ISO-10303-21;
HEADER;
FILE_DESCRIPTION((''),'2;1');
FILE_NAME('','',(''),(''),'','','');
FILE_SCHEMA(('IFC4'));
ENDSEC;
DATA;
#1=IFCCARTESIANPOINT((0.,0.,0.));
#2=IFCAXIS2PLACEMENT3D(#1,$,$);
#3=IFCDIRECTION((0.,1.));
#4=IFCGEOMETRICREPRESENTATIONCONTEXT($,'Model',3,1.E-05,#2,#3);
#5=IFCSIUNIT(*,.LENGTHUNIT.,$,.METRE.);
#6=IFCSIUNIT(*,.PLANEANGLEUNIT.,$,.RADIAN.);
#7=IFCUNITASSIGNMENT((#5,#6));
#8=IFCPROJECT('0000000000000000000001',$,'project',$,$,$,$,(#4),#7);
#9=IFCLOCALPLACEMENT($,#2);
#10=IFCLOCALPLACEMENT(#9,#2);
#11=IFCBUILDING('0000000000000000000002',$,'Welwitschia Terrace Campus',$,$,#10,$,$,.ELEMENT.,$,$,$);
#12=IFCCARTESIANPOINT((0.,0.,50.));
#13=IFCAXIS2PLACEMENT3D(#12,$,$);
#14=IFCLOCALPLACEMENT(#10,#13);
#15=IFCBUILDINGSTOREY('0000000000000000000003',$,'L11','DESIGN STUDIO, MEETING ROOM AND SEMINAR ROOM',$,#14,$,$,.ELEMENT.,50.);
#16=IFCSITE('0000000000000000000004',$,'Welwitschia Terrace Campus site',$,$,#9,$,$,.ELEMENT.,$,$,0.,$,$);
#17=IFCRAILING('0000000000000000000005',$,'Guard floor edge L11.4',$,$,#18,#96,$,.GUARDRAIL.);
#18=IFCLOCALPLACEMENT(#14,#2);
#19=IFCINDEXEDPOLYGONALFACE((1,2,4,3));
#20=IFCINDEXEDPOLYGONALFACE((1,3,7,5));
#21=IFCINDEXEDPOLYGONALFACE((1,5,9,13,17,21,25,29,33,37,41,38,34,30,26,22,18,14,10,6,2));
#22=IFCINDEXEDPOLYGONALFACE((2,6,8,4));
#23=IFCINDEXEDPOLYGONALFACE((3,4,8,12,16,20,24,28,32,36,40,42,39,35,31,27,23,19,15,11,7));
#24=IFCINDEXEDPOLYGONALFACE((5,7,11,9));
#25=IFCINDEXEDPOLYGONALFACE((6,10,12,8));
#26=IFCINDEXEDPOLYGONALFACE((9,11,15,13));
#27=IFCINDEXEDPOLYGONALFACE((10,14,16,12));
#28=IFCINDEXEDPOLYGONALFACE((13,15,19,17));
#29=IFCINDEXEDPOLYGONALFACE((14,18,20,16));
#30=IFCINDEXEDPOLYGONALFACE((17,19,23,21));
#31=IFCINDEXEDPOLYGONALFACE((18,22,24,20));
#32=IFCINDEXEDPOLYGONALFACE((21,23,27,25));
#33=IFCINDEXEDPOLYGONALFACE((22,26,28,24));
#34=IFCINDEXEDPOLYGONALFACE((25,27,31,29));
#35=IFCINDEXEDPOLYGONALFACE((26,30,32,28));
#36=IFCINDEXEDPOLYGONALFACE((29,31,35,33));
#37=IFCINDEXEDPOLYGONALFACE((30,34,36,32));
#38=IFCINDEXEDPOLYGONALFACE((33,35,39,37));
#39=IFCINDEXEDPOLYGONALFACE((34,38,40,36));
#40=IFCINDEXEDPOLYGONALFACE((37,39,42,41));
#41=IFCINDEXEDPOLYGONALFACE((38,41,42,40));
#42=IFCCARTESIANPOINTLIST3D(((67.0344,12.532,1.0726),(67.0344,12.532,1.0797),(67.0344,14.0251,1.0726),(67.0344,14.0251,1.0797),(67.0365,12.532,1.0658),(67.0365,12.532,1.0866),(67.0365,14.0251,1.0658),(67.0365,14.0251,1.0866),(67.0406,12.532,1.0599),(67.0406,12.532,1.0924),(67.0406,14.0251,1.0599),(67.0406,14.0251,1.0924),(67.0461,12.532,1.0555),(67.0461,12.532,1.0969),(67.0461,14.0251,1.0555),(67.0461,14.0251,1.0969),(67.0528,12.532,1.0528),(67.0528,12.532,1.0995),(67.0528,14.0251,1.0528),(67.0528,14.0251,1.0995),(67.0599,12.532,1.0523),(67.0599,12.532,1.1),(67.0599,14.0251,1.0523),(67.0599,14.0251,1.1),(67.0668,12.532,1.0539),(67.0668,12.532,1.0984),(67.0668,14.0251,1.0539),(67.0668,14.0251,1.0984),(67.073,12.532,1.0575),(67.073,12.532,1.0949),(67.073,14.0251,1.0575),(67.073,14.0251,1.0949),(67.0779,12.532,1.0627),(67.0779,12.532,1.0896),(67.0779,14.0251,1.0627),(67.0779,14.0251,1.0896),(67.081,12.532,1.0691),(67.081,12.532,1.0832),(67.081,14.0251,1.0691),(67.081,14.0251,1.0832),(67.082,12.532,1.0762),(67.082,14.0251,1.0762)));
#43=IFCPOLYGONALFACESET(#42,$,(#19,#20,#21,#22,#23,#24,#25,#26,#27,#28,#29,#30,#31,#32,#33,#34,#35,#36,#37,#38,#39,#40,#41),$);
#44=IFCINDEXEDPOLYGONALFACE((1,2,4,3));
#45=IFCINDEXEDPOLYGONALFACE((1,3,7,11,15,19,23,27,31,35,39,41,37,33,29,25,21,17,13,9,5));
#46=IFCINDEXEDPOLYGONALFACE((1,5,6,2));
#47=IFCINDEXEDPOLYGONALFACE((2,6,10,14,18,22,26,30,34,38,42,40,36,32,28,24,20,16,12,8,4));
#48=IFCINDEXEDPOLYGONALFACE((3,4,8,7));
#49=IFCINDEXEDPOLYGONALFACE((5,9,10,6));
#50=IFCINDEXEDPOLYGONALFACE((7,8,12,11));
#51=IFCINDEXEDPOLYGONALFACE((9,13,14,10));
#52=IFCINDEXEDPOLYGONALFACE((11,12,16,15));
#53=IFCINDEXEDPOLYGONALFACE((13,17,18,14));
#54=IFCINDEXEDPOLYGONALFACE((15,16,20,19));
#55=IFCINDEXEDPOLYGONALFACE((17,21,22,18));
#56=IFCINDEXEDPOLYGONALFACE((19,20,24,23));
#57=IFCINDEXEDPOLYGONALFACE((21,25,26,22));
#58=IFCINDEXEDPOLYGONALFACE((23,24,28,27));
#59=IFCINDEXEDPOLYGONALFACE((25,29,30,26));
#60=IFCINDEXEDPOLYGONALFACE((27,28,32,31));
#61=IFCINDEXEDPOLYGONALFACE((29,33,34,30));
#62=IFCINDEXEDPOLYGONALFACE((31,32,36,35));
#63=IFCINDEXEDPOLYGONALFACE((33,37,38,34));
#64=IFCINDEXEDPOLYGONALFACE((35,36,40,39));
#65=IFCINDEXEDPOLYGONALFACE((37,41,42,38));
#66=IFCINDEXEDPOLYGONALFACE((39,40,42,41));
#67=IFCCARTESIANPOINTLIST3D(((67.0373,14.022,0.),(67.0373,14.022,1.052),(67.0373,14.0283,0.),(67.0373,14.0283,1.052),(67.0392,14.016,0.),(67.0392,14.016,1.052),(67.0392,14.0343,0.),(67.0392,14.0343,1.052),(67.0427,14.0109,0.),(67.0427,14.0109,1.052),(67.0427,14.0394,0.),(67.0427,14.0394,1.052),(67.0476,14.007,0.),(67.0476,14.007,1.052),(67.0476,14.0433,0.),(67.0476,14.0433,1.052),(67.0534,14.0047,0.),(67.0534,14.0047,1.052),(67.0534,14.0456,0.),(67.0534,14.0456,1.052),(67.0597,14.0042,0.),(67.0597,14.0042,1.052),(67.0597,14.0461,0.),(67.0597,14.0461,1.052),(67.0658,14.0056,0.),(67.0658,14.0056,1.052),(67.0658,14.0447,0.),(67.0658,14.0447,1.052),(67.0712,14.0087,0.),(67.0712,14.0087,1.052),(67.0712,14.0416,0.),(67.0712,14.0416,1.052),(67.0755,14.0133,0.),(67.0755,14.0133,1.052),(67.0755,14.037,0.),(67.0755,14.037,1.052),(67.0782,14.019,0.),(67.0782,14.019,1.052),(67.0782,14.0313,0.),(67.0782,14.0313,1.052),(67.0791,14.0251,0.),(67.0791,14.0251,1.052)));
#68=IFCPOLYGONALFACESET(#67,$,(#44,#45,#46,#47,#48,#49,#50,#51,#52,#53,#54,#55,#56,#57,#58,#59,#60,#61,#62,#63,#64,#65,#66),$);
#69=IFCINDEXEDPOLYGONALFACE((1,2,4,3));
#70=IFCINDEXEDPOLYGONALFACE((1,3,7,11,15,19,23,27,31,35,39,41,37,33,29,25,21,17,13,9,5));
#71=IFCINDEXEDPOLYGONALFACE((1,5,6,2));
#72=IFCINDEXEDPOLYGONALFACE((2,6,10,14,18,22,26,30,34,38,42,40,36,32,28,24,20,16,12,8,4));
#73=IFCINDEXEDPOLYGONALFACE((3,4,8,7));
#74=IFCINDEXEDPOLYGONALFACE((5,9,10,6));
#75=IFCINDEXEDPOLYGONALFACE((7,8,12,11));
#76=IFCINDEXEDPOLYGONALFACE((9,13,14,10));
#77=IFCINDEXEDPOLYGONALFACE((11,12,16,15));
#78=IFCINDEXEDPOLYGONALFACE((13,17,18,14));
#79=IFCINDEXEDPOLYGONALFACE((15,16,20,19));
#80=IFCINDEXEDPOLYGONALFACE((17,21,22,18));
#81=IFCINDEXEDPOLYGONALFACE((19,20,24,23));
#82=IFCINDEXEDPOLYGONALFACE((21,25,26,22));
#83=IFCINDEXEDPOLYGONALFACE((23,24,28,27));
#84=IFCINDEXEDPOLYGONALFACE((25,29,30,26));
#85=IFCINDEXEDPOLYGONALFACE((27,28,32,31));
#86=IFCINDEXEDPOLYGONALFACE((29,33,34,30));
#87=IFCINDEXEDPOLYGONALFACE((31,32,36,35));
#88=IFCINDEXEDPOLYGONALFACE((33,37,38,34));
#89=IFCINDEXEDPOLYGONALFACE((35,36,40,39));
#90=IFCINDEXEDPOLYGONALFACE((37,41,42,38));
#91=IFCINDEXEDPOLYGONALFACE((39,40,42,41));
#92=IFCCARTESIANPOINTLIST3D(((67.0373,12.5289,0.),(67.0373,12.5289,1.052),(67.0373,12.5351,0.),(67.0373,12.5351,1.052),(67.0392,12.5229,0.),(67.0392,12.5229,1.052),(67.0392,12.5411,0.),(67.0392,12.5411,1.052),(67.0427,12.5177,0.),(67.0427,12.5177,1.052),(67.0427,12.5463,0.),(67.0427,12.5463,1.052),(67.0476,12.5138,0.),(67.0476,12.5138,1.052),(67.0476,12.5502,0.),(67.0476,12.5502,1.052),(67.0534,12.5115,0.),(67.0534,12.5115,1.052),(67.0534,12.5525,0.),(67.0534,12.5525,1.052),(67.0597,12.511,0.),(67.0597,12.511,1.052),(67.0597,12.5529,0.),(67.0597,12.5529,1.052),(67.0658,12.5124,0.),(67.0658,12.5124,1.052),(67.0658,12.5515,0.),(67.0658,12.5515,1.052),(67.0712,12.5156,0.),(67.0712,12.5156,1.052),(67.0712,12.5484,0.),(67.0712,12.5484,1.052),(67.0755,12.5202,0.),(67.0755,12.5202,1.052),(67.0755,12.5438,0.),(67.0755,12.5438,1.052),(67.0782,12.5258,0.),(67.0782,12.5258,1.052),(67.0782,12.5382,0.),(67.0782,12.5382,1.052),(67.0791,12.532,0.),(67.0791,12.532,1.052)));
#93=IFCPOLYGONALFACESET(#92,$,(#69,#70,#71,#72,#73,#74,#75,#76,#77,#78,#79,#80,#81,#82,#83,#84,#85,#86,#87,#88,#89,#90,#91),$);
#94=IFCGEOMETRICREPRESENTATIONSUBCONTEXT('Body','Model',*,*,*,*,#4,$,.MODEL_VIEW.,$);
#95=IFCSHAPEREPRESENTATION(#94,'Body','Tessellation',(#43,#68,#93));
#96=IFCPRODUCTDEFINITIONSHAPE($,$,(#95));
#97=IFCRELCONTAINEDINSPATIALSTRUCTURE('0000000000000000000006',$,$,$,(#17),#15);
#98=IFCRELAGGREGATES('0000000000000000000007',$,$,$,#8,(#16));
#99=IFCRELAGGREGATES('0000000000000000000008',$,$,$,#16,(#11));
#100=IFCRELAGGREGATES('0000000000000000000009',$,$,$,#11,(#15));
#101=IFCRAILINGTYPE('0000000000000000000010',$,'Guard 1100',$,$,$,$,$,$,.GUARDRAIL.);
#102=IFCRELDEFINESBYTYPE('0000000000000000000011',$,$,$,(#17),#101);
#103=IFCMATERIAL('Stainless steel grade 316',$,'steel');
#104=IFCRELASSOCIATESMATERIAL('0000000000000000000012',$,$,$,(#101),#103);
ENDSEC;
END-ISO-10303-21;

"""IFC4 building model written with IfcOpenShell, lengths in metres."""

from ifc_helpers import new_model, si_unit, direction, frame, origin, origin_2d, place, context, subcontext, project, spatial, circle, extrude, material, type_object, element, save


model = new_model("IFC4")

# Units and contexts
model_context = context("Model", 3, precision=1e-05, world=origin(), true_north=direction((0.0, 1.0)))
body_context = subcontext(model_context, "Body", "Model", "MODEL_VIEW")
ifc_project = project(units=[si_unit("LENGTHUNIT", "METRE"), si_unit("PLANEANGLEUNIT", "RADIAN")], contexts=[model_context])

# Site, building, storey
site_placement = place(None, origin())
site = spatial("IfcSite", under=ifc_project, at=site_placement, Name="Welwitschia Terrace Campus site", CompositionType="ELEMENT", RefElevation=0.0)
building_placement = place(site_placement, origin())
building = spatial("IfcBuilding", under=site, at=building_placement, Name="Welwitschia Terrace Campus", CompositionType="ELEMENT")
storey_placement = place(building_placement, frame((0.0, 0.0, 50.0)))
storey = spatial("IfcBuildingStorey", under=building, at=storey_placement, Name="L11", Description="DESIGN STUDIO, MEETING ROOM AND SEMINAR ROOM", CompositionType="ELEMENT", Elevation=50.0)

# Railing
ifc_material_1 = material(Name="Stainless steel grade 316", Category="steel")
railing_type = type_object("IfcRailingType", Name="Guard 1100", PredefinedType="GUARDRAIL", material=ifc_material_1)
railing_1_placement = place(storey_placement, frame((67.0581, 14.0251, 0.0)))
element("IfcRailing", 1, at=railing_1_placement, inside=storey, type_object=railing_type, Name="Guard floor edge L11.4", PredefinedType="GUARDRAIL", context=body_context, shape_type="SweptSolid", body=[
    extrude(circle(Radius=0.0239, at=origin_2d()), frame((0.0, 0.0, 1.0762), z_axis=(0.0, -1.0, 0.0), x_axis=(1.0, 0.0, 0.0)), (0.0, 0.0, 1.0), 1.4932),
    extrude(circle(Radius=0.021, at=origin_2d()), origin(), (0.0, 0.0, 1.0), 1.052),
    extrude(circle(Radius=0.021, at=origin_2d()), frame((0.0, -1.4932, 0.0)), (0.0, 0.0, 1.0), 1.052),
])

save(model, "model.ifc")
